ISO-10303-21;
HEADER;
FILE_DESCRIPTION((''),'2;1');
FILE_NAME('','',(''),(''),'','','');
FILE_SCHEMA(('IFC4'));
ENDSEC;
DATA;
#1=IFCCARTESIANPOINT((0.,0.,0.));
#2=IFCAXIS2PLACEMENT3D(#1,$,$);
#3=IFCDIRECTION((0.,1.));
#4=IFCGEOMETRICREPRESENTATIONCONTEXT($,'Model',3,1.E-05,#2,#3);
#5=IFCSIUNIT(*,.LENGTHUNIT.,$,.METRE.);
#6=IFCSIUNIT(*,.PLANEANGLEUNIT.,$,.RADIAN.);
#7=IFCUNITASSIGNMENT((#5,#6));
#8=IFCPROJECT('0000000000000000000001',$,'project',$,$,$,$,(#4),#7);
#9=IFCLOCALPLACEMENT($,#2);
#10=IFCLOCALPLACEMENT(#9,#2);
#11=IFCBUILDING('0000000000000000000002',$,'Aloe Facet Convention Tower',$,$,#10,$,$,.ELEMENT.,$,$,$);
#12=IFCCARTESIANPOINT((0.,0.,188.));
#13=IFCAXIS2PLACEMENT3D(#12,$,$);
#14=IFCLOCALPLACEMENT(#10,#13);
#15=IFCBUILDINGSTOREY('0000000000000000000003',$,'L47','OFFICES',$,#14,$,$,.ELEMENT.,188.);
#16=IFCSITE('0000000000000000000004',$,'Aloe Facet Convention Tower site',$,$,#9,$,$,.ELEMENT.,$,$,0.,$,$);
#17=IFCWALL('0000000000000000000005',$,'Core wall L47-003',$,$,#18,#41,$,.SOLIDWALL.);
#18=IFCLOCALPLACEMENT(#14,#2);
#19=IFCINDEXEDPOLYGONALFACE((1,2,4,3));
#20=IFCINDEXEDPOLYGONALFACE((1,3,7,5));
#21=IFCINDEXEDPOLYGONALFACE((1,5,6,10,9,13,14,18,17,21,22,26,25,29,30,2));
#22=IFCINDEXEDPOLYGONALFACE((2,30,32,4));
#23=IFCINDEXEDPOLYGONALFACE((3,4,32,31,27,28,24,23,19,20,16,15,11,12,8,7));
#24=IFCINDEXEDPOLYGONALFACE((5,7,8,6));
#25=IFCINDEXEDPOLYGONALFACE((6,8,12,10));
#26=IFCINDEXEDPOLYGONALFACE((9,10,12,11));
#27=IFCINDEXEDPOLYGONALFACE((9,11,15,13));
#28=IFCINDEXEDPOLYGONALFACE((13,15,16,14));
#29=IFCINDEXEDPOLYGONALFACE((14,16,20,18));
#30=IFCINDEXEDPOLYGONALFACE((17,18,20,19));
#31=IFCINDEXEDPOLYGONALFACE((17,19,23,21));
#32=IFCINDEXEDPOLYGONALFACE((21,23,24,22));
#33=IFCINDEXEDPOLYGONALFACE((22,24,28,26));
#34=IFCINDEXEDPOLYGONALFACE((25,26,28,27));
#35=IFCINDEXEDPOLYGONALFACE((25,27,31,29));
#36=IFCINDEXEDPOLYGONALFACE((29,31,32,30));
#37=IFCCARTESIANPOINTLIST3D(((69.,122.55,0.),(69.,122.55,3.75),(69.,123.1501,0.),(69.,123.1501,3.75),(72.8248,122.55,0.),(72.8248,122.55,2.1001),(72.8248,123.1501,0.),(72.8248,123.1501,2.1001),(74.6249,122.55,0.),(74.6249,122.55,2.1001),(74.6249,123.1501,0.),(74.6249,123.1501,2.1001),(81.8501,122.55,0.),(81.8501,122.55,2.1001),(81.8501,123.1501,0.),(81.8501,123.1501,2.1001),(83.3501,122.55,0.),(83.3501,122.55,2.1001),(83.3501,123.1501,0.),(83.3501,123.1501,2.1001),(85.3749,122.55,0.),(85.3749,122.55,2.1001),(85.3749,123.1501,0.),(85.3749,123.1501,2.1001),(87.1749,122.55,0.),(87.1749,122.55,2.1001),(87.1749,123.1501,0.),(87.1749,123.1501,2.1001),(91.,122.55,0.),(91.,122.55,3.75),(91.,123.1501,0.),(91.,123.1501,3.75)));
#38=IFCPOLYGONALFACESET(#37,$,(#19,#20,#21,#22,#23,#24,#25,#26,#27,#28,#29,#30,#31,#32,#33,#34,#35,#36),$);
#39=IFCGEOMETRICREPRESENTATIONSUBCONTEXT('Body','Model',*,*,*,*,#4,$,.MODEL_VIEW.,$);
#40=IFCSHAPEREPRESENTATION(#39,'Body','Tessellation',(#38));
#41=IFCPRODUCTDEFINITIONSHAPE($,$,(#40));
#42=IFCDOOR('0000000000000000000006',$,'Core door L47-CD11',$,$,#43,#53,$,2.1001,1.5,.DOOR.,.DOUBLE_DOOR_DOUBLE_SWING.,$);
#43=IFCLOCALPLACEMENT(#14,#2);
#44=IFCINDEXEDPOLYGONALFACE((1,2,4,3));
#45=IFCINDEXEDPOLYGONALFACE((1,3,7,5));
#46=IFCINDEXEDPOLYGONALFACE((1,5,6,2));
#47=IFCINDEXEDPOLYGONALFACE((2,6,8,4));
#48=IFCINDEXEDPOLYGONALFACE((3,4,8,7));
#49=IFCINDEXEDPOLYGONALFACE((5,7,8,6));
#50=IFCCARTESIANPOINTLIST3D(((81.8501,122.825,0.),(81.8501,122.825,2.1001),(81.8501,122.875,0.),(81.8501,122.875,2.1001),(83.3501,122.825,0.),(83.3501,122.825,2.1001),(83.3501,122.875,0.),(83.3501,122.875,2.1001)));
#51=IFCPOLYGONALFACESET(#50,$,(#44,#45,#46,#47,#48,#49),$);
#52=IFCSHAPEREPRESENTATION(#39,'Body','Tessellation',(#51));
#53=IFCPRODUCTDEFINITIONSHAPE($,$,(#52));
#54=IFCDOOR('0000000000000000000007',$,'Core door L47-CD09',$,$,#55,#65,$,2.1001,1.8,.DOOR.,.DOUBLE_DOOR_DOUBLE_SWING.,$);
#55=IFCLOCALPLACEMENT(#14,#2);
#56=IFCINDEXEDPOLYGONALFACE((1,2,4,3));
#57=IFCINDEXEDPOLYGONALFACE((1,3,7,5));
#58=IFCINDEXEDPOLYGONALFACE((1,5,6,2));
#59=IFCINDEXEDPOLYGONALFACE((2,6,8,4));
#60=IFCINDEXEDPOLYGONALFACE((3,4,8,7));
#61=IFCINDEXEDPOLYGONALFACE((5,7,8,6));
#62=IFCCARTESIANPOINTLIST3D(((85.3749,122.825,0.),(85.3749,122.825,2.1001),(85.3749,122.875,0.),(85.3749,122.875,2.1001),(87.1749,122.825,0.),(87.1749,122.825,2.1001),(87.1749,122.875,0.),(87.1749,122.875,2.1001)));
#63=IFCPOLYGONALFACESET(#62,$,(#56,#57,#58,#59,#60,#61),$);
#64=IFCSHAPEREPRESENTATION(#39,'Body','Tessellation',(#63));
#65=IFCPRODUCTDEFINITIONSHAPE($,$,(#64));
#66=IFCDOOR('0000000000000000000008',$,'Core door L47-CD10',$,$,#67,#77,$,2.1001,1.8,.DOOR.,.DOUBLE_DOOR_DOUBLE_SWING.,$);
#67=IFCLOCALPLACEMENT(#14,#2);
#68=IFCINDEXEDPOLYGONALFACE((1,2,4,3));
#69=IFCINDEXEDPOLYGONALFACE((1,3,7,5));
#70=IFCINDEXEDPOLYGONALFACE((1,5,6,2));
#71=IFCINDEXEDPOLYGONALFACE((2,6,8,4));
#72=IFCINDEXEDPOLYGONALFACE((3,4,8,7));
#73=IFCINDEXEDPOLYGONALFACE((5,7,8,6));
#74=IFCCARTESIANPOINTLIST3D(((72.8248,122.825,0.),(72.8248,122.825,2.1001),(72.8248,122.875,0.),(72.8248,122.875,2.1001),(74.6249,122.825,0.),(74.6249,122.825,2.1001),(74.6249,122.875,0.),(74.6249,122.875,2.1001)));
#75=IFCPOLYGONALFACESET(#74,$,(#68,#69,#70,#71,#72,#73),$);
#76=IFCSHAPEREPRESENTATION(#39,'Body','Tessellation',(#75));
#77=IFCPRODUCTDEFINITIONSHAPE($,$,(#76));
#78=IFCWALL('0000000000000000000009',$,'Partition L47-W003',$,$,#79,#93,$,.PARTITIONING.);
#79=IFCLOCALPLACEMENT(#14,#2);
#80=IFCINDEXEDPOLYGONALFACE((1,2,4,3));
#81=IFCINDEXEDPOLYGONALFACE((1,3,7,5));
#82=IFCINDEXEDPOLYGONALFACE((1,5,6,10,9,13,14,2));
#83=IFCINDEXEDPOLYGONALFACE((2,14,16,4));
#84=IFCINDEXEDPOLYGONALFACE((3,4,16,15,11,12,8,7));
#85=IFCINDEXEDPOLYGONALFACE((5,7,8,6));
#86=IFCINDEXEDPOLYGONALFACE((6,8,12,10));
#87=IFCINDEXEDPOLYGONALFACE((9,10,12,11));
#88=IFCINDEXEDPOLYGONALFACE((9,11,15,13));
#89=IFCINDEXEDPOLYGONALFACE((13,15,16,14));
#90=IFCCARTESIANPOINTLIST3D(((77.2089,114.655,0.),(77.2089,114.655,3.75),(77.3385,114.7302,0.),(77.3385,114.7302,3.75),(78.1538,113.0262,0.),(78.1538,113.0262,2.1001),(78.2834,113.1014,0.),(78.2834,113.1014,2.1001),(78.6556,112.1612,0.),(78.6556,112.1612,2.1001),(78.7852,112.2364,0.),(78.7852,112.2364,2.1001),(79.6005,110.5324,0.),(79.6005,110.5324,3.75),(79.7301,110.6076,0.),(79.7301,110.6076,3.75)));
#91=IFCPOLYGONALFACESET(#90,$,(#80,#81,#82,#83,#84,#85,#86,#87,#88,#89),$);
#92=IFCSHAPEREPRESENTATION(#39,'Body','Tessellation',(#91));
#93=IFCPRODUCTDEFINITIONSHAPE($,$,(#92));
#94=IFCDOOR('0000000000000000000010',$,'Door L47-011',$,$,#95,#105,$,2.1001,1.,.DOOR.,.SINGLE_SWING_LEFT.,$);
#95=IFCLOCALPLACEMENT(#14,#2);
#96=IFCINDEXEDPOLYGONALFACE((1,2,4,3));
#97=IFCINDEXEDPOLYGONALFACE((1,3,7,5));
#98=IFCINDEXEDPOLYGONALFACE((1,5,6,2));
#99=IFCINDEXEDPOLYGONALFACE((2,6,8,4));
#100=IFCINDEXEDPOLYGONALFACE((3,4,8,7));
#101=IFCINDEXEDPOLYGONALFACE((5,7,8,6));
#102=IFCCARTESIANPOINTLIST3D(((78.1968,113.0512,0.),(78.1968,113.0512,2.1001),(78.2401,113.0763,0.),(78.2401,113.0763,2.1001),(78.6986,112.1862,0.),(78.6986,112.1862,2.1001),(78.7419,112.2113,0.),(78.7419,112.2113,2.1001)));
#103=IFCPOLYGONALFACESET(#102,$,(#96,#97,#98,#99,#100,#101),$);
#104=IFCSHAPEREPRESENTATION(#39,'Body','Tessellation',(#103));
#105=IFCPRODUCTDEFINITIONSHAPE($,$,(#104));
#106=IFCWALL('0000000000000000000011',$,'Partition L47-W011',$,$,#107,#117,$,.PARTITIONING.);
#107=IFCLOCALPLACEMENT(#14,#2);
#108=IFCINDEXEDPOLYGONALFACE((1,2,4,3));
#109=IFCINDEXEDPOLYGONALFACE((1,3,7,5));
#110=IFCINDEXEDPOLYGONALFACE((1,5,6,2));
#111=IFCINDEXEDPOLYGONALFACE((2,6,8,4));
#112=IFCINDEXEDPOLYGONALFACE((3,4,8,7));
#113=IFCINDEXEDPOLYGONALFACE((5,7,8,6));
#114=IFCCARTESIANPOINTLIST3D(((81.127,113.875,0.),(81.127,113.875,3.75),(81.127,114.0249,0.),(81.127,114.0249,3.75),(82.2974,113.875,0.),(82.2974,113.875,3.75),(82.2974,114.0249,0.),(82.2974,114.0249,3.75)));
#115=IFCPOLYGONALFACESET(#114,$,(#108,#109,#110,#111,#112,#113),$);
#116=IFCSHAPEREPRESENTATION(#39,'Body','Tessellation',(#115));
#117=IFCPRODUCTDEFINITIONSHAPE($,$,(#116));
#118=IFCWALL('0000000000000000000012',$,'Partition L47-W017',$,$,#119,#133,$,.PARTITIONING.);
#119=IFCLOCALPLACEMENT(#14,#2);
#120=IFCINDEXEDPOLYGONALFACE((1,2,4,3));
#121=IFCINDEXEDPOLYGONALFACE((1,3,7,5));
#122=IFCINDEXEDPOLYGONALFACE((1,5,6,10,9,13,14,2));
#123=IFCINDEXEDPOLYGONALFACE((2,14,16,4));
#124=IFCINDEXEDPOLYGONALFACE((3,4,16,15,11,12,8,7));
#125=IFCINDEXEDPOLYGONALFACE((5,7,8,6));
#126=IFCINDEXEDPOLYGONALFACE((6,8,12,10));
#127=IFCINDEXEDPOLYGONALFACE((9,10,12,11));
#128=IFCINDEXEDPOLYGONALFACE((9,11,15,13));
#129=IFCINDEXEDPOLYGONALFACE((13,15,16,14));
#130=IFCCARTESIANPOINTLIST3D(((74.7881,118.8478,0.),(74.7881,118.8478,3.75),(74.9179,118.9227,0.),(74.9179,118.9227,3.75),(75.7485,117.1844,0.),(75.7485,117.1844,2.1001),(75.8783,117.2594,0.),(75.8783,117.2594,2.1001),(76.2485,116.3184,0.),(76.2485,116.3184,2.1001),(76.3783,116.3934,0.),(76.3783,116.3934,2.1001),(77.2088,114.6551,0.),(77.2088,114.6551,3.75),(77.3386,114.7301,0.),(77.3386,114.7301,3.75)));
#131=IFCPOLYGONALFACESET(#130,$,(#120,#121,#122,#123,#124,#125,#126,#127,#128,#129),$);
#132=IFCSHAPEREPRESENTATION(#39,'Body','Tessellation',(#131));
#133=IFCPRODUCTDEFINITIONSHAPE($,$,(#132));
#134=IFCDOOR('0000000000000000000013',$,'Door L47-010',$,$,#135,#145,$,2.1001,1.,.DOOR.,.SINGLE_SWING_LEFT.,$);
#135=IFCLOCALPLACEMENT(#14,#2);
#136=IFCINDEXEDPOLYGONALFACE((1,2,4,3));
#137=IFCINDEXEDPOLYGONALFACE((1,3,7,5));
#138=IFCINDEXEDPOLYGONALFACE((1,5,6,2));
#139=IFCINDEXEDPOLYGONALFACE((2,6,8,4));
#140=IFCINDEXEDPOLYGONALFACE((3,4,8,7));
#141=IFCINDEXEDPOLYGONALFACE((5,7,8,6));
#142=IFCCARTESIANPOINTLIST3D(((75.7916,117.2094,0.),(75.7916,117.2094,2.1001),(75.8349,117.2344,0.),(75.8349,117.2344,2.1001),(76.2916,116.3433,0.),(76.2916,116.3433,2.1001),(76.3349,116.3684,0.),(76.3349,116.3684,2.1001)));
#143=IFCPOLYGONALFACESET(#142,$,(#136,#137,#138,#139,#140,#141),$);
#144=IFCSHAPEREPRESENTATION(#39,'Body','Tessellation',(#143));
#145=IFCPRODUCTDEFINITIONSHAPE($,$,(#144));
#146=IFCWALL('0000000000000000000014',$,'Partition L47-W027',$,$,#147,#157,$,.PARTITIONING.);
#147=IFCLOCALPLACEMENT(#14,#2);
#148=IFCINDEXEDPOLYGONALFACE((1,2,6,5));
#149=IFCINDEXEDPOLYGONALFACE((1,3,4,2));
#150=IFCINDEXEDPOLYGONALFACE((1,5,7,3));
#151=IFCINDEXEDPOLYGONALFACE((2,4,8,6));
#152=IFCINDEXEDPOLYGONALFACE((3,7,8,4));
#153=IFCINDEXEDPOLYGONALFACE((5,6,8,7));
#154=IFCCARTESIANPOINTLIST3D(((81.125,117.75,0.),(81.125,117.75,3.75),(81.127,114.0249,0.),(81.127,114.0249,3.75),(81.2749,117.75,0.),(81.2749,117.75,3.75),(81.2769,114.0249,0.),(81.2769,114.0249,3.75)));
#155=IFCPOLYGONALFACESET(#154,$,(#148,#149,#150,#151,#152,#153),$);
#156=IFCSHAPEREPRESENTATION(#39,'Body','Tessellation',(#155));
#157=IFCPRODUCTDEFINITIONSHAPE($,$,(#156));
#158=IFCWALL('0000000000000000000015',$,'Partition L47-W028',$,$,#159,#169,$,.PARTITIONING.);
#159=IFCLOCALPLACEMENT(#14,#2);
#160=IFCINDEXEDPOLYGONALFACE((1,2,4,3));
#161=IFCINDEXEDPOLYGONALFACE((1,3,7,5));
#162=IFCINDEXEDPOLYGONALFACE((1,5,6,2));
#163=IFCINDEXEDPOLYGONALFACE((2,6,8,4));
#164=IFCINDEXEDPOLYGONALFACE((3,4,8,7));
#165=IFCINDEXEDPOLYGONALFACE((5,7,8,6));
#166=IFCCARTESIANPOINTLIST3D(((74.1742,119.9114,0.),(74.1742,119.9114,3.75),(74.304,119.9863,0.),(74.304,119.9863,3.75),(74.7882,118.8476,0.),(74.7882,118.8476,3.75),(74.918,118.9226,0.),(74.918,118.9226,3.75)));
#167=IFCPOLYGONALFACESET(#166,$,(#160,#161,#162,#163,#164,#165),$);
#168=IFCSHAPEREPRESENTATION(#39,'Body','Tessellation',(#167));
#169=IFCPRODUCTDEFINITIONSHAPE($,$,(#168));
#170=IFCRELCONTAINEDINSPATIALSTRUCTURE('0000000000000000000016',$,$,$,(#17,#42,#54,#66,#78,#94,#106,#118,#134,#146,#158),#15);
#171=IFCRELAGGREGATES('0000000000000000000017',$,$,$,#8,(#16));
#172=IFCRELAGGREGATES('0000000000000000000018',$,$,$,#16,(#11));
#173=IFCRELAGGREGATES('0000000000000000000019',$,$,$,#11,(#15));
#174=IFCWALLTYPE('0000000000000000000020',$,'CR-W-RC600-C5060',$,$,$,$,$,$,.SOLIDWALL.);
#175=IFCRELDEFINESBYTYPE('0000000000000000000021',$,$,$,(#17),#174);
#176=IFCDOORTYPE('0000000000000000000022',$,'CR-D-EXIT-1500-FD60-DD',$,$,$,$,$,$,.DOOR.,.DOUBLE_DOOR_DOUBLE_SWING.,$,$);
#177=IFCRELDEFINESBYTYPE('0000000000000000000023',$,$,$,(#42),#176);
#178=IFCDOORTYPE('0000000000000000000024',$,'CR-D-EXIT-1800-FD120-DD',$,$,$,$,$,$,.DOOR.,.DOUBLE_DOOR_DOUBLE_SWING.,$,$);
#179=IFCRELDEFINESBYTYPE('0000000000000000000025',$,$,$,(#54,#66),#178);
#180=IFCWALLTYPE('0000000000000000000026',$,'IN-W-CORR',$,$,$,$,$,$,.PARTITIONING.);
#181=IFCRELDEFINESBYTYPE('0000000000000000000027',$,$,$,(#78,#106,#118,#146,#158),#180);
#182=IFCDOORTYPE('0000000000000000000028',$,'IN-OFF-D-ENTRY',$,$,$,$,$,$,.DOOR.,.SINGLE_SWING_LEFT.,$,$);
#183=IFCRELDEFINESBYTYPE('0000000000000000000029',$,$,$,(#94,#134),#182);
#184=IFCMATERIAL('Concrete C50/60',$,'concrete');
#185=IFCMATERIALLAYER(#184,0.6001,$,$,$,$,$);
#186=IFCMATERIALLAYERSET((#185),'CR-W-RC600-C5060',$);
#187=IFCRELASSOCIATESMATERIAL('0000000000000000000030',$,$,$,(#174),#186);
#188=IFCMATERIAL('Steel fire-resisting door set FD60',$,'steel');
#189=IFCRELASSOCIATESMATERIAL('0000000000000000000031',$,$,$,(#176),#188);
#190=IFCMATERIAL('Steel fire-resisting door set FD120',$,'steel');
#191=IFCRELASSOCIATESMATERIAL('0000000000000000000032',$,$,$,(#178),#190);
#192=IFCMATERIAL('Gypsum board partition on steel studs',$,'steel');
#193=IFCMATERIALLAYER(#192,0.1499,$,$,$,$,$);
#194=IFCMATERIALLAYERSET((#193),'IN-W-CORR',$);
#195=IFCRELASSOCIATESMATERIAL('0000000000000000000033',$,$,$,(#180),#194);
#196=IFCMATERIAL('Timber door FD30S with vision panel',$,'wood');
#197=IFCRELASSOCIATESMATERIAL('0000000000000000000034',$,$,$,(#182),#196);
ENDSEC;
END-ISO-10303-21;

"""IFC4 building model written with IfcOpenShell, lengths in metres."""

from ifc_helpers import new_model, si_unit, direction, frame, frame_2d, origin, place, context, subcontext, project, spatial, rectangle, extrude, material, layer, layer_set, type_object, element, fill, save


model = new_model("IFC4")

# Units and contexts
model_context = context("Model", 3, precision=1e-05, world=origin(), true_north=direction((0.0, 1.0)))
body_context = subcontext(model_context, "Body", "Model", "MODEL_VIEW")
ifc_project = project(units=[si_unit("LENGTHUNIT", "METRE"), si_unit("PLANEANGLEUNIT", "RADIAN")], contexts=[model_context])

# Site, building, storey
site_placement = place(None, origin())
site = spatial("IfcSite", under=ifc_project, at=site_placement, Name="Aloe Facet Convention Tower site", CompositionType="ELEMENT", RefElevation=0.0)
building_placement = place(site_placement, origin())
building = spatial("IfcBuilding", under=site, at=building_placement, Name="Aloe Facet Convention Tower", CompositionType="ELEMENT")
storey_placement = place(building_placement, frame((0.0, 0.0, 188.0)))
storey = spatial("IfcBuildingStorey", under=building, at=storey_placement, Name="L47", Description="OFFICES", CompositionType="ELEMENT", Elevation=188.0)

# Wall, openings, doors
ifc_material_1 = material(Name="Concrete C50/60", Category="concrete")
ifc_layer_1 = layer(ifc_material_1, 0.6001)
ifc_layer_set_1 = layer_set([ifc_layer_1], Name="CR-W-RC600-C5060")
wall_type_1 = type_object("IfcWallType", Name="CR-W-RC600-C5060", PredefinedType="SOLIDWALL", material=ifc_layer_set_1)
wall_1_placement = place(storey_placement, frame((69.0, 122.8501, 0.0), z_axis=(0.0, 0.0, 1.0), x_axis=(1.0, 0.0, 0.0)))
wall_1 = element("IfcWall", 1, at=wall_1_placement, inside=storey, type_object=wall_type_1, Name="Core wall L47-003", PredefinedType="SOLIDWALL", context=body_context, shape_type="SweptSolid", body=[
    extrude(rectangle(XDim=22.0, YDim=0.6001, at=frame_2d((11.0, 0.0))), origin(), (0.0, 0.0, 1.0), 3.75),
])
opening_1_placement = place(wall_1_placement, frame((16.375, 0.0, 0.0)))
opening_1 = element("IfcOpeningElement", 2, at=opening_1_placement, cuts=wall_1, PredefinedType="OPENING", context=body_context, shape_type="SweptSolid", body=[
    extrude(rectangle(XDim=1.8, YDim=2.1001, at=frame_2d((0.8999, 1.05))), frame((0.0, 0.3101, 0.0), z_axis=(0.0, -1.0, 0.0), x_axis=(1.0, 0.0, 0.0)), (0.0, 0.0, 1.0), 0.6201),
])
opening_2_placement = place(wall_1_placement, frame((3.825, 0.0, 0.0)))
opening_2 = element("IfcOpeningElement", 3, at=opening_2_placement, cuts=wall_1, PredefinedType="OPENING", context=body_context, shape_type="SweptSolid", body=[
    extrude(rectangle(XDim=1.8, YDim=2.1001, at=frame_2d((0.8999, 1.05))), frame((0.0, 0.3101, 0.0), z_axis=(0.0, -1.0, 0.0), x_axis=(1.0, 0.0, 0.0)), (0.0, 0.0, 1.0), 0.6201),
])
opening_3_placement = place(wall_1_placement, frame((12.8501, 0.0, 0.0)))
opening_3 = element("IfcOpeningElement", 4, at=opening_3_placement, cuts=wall_1, PredefinedType="OPENING", context=body_context, shape_type="SweptSolid", body=[
    extrude(rectangle(XDim=1.5, YDim=2.1001, at=frame_2d((0.75, 1.05))), frame((0.0, 0.3101, 0.0), z_axis=(0.0, -1.0, 0.0), x_axis=(1.0, 0.0, 0.0)), (0.0, 0.0, 1.0), 0.6201),
])
ifc_material_2 = material(Name="Steel fire-resisting door set FD60", Category="steel")
door_type_1 = type_object("IfcDoorType", Name="CR-D-EXIT-1500-FD60-DD", OperationType="DOUBLE_DOOR_DOUBLE_SWING", PredefinedType="DOOR", material=ifc_material_2)
door_1_placement = place(opening_3_placement, origin())
door_1 = element("IfcDoor", 5, at=door_1_placement, inside=storey, type_object=door_type_1, Name="Core door L47-CD11", OperationType="DOUBLE_DOOR_DOUBLE_SWING", OverallHeight=2.1001, OverallWidth=1.5, PredefinedType="DOOR", context=body_context, shape_type="SweptSolid", body=[
    extrude(rectangle(XDim=1.5, YDim=2.1001, at=frame_2d((0.75, 1.05))), frame((0.0, 0.0249, 0.0), z_axis=(0.0, -1.0, 0.0), x_axis=(1.0, 0.0, 0.0)), (0.0, 0.0, 1.0), 0.05),
])
fill(opening_3, door_1)
ifc_material_3 = material(Name="Steel fire-resisting door set FD120", Category="steel")
door_type_2 = type_object("IfcDoorType", Name="CR-D-EXIT-1800-FD120-DD", OperationType="DOUBLE_DOOR_DOUBLE_SWING", PredefinedType="DOOR", material=ifc_material_3)
door_2_placement = place(opening_1_placement, origin())
door_2 = element("IfcDoor", 6, at=door_2_placement, inside=storey, type_object=door_type_2, Name="Core door L47-CD09", OperationType="DOUBLE_DOOR_DOUBLE_SWING", OverallHeight=2.1001, OverallWidth=1.8, PredefinedType="DOOR", context=body_context, shape_type="SweptSolid", body=[
    extrude(rectangle(XDim=1.8, YDim=2.1001, at=frame_2d((0.8999, 1.05))), frame((0.0, 0.0249, 0.0), z_axis=(0.0, -1.0, 0.0), x_axis=(1.0, 0.0, 0.0)), (0.0, 0.0, 1.0), 0.05),
])
fill(opening_1, door_2)
door_3_placement = place(opening_2_placement, origin())
door_3 = element("IfcDoor", 7, at=door_3_placement, inside=storey, type_object=door_type_2, Name="Core door L47-CD10", OperationType="DOUBLE_DOOR_DOUBLE_SWING", OverallHeight=2.1001, OverallWidth=1.8, PredefinedType="DOOR", context=body_context, shape_type="SweptSolid", body=[
    extrude(rectangle(XDim=1.8, YDim=2.1001, at=frame_2d((0.8999, 1.05))), frame((0.0, 0.0249, 0.0), z_axis=(0.0, -1.0, 0.0), x_axis=(1.0, 0.0, 0.0)), (0.0, 0.0, 1.0), 0.05),
])
fill(opening_2, door_3)

# Wall, opening, door
ifc_material_4 = material(Name="Gypsum board partition on steel studs", Category="steel")
ifc_layer_2 = layer(ifc_material_4, 0.1499)
ifc_layer_set_2 = layer_set([ifc_layer_2], Name="IN-W-CORR")
wall_type_2 = type_object("IfcWallType", Name="IN-W-CORR", PredefinedType="PARTITIONING", material=ifc_layer_set_2)
wall_2_placement = place(storey_placement, frame((77.2737, 114.6926, 0.0), z_axis=(0.0, 0.0, 1.0), x_axis=(0.501799, -0.864984, 0.0)))
wall_2 = element("IfcWall", 8, at=wall_2_placement, inside=storey, type_object=wall_type_2, Name="Partition L47-W003", PredefinedType="PARTITIONING", context=body_context, shape_type="SweptSolid", body=[
    extrude(rectangle(XDim=4.7661, YDim=0.1499, at=frame_2d((2.3831, 0.0))), origin(), (0.0, 0.0, 1.0), 3.75),
])
opening_4_placement = place(wall_2_placement, frame((1.8831, 0.0, 0.0)))
opening_4 = element("IfcOpeningElement", 9, at=opening_4_placement, cuts=wall_2, PredefinedType="OPENING", context=body_context, shape_type="SweptSolid", body=[
    extrude(rectangle(XDim=1.0, YDim=2.1001, at=frame_2d((0.5, 1.05))), frame((0.0, 0.085, 0.0), z_axis=(0.0, -1.0, 0.0), x_axis=(1.0, 0.0, 0.0)), (0.0, 0.0, 1.0), 0.1699),
])
ifc_material_5 = material(Name="Timber door FD30S with vision panel", Category="wood")
door_type_3 = type_object("IfcDoorType", Name="IN-OFF-D-ENTRY", OperationType="SINGLE_SWING_LEFT", PredefinedType="DOOR", material=ifc_material_5)
door_4_placement = place(opening_4_placement, origin())
door_4 = element("IfcDoor", 10, at=door_4_placement, inside=storey, type_object=door_type_3, Name="Door L47-011", OperationType="SINGLE_SWING_LEFT", OverallHeight=2.1001, OverallWidth=1.0, PredefinedType="DOOR", context=body_context, shape_type="SweptSolid", body=[
    extrude(rectangle(XDim=1.0, YDim=2.1001, at=frame_2d((0.5, 1.05))), frame((0.0, 0.0249, 0.0), z_axis=(0.0, -1.0, 0.0), x_axis=(1.0, 0.0, 0.0)), (0.0, 0.0, 1.0), 0.05),
])
fill(opening_4, door_4)

# Wall
wall_3_placement = place(storey_placement, frame((81.127, 113.95, 0.0), z_axis=(0.0, 0.0, 1.0), x_axis=(1.0, 0.0, 0.0)))
element("IfcWall", 11, at=wall_3_placement, inside=storey, type_object=wall_type_2, Name="Partition L47-W011", PredefinedType="PARTITIONING", context=body_context, shape_type="SweptSolid", body=[
    extrude(rectangle(XDim=1.1704, YDim=0.1499, at=frame_2d((0.5852, 0.0))), origin(), (0.0, 0.0, 1.0), 3.75),
])

# Wall, opening, door
wall_4_placement = place(storey_placement, frame((74.853, 118.8853, 0.0), z_axis=(0.0, 0.0, 1.0), x_axis=(0.500006, -0.866022, 0.0)))
wall_4 = element("IfcWall", 12, at=wall_4_placement, inside=storey, type_object=wall_type_2, Name="Partition L47-W017", PredefinedType="PARTITIONING", context=body_context, shape_type="SweptSolid", body=[
    extrude(rectangle(XDim=4.8413, YDim=0.1499, at=frame_2d((2.4207, 0.0))), origin(), (0.0, 0.0, 1.0), 3.75),
])
opening_5_placement = place(wall_4_placement, frame((1.9207, 0.0, 0.0)))
opening_5 = element("IfcOpeningElement", 13, at=opening_5_placement, cuts=wall_4, PredefinedType="OPENING", context=body_context, shape_type="SweptSolid", body=[
    extrude(rectangle(XDim=1.0, YDim=2.1001, at=frame_2d((0.5, 1.05))), frame((0.0, 0.085, 0.0), z_axis=(0.0, -1.0, 0.0), x_axis=(1.0, 0.0, 0.0)), (0.0, 0.0, 1.0), 0.1699),
])
door_5_placement = place(opening_5_placement, origin())
door_5 = element("IfcDoor", 14, at=door_5_placement, inside=storey, type_object=door_type_3, Name="Door L47-010", OperationType="SINGLE_SWING_LEFT", OverallHeight=2.1001, OverallWidth=1.0, PredefinedType="DOOR", context=body_context, shape_type="SweptSolid", body=[
    extrude(rectangle(XDim=1.0, YDim=2.1001, at=frame_2d((0.5, 1.05))), frame((0.0, 0.0249, 0.0), z_axis=(0.0, -1.0, 0.0), x_axis=(1.0, 0.0, 0.0)), (0.0, 0.0, 1.0), 0.05),
])
fill(opening_5, door_5)

# Walls
wall_5_placement = place(storey_placement, frame((81.2019, 114.0249, 0.0), z_axis=(0.0, 0.0, 1.0), x_axis=(-0.000524, 1.0, 0.0)))
element("IfcWall", 15, at=wall_5_placement, inside=storey, type_object=wall_type_2, Name="Partition L47-W027", PredefinedType="PARTITIONING", context=body_context, shape_type="SweptSolid", body=[
    extrude(rectangle(XDim=3.7251, YDim=0.1499, at=frame_2d((1.8625, 0.0))), origin(), (0.0, 0.0, 1.0), 3.75),
])
wall_6_placement = place(storey_placement, frame((74.239, 119.949, 0.0), z_axis=(0.0, 0.0, 1.0), x_axis=(0.499923, -0.86607, 0.0)))
element("IfcWall", 16, at=wall_6_placement, inside=storey, type_object=wall_type_2, Name="Partition L47-W028", PredefinedType="PARTITIONING", context=body_context, shape_type="SweptSolid", body=[
    extrude(rectangle(XDim=1.2283, YDim=0.1499, at=frame_2d((0.6143, 0.0))), origin(), (0.0, 0.0, 1.0), 3.75),
])

save(model, "model.ifc")
